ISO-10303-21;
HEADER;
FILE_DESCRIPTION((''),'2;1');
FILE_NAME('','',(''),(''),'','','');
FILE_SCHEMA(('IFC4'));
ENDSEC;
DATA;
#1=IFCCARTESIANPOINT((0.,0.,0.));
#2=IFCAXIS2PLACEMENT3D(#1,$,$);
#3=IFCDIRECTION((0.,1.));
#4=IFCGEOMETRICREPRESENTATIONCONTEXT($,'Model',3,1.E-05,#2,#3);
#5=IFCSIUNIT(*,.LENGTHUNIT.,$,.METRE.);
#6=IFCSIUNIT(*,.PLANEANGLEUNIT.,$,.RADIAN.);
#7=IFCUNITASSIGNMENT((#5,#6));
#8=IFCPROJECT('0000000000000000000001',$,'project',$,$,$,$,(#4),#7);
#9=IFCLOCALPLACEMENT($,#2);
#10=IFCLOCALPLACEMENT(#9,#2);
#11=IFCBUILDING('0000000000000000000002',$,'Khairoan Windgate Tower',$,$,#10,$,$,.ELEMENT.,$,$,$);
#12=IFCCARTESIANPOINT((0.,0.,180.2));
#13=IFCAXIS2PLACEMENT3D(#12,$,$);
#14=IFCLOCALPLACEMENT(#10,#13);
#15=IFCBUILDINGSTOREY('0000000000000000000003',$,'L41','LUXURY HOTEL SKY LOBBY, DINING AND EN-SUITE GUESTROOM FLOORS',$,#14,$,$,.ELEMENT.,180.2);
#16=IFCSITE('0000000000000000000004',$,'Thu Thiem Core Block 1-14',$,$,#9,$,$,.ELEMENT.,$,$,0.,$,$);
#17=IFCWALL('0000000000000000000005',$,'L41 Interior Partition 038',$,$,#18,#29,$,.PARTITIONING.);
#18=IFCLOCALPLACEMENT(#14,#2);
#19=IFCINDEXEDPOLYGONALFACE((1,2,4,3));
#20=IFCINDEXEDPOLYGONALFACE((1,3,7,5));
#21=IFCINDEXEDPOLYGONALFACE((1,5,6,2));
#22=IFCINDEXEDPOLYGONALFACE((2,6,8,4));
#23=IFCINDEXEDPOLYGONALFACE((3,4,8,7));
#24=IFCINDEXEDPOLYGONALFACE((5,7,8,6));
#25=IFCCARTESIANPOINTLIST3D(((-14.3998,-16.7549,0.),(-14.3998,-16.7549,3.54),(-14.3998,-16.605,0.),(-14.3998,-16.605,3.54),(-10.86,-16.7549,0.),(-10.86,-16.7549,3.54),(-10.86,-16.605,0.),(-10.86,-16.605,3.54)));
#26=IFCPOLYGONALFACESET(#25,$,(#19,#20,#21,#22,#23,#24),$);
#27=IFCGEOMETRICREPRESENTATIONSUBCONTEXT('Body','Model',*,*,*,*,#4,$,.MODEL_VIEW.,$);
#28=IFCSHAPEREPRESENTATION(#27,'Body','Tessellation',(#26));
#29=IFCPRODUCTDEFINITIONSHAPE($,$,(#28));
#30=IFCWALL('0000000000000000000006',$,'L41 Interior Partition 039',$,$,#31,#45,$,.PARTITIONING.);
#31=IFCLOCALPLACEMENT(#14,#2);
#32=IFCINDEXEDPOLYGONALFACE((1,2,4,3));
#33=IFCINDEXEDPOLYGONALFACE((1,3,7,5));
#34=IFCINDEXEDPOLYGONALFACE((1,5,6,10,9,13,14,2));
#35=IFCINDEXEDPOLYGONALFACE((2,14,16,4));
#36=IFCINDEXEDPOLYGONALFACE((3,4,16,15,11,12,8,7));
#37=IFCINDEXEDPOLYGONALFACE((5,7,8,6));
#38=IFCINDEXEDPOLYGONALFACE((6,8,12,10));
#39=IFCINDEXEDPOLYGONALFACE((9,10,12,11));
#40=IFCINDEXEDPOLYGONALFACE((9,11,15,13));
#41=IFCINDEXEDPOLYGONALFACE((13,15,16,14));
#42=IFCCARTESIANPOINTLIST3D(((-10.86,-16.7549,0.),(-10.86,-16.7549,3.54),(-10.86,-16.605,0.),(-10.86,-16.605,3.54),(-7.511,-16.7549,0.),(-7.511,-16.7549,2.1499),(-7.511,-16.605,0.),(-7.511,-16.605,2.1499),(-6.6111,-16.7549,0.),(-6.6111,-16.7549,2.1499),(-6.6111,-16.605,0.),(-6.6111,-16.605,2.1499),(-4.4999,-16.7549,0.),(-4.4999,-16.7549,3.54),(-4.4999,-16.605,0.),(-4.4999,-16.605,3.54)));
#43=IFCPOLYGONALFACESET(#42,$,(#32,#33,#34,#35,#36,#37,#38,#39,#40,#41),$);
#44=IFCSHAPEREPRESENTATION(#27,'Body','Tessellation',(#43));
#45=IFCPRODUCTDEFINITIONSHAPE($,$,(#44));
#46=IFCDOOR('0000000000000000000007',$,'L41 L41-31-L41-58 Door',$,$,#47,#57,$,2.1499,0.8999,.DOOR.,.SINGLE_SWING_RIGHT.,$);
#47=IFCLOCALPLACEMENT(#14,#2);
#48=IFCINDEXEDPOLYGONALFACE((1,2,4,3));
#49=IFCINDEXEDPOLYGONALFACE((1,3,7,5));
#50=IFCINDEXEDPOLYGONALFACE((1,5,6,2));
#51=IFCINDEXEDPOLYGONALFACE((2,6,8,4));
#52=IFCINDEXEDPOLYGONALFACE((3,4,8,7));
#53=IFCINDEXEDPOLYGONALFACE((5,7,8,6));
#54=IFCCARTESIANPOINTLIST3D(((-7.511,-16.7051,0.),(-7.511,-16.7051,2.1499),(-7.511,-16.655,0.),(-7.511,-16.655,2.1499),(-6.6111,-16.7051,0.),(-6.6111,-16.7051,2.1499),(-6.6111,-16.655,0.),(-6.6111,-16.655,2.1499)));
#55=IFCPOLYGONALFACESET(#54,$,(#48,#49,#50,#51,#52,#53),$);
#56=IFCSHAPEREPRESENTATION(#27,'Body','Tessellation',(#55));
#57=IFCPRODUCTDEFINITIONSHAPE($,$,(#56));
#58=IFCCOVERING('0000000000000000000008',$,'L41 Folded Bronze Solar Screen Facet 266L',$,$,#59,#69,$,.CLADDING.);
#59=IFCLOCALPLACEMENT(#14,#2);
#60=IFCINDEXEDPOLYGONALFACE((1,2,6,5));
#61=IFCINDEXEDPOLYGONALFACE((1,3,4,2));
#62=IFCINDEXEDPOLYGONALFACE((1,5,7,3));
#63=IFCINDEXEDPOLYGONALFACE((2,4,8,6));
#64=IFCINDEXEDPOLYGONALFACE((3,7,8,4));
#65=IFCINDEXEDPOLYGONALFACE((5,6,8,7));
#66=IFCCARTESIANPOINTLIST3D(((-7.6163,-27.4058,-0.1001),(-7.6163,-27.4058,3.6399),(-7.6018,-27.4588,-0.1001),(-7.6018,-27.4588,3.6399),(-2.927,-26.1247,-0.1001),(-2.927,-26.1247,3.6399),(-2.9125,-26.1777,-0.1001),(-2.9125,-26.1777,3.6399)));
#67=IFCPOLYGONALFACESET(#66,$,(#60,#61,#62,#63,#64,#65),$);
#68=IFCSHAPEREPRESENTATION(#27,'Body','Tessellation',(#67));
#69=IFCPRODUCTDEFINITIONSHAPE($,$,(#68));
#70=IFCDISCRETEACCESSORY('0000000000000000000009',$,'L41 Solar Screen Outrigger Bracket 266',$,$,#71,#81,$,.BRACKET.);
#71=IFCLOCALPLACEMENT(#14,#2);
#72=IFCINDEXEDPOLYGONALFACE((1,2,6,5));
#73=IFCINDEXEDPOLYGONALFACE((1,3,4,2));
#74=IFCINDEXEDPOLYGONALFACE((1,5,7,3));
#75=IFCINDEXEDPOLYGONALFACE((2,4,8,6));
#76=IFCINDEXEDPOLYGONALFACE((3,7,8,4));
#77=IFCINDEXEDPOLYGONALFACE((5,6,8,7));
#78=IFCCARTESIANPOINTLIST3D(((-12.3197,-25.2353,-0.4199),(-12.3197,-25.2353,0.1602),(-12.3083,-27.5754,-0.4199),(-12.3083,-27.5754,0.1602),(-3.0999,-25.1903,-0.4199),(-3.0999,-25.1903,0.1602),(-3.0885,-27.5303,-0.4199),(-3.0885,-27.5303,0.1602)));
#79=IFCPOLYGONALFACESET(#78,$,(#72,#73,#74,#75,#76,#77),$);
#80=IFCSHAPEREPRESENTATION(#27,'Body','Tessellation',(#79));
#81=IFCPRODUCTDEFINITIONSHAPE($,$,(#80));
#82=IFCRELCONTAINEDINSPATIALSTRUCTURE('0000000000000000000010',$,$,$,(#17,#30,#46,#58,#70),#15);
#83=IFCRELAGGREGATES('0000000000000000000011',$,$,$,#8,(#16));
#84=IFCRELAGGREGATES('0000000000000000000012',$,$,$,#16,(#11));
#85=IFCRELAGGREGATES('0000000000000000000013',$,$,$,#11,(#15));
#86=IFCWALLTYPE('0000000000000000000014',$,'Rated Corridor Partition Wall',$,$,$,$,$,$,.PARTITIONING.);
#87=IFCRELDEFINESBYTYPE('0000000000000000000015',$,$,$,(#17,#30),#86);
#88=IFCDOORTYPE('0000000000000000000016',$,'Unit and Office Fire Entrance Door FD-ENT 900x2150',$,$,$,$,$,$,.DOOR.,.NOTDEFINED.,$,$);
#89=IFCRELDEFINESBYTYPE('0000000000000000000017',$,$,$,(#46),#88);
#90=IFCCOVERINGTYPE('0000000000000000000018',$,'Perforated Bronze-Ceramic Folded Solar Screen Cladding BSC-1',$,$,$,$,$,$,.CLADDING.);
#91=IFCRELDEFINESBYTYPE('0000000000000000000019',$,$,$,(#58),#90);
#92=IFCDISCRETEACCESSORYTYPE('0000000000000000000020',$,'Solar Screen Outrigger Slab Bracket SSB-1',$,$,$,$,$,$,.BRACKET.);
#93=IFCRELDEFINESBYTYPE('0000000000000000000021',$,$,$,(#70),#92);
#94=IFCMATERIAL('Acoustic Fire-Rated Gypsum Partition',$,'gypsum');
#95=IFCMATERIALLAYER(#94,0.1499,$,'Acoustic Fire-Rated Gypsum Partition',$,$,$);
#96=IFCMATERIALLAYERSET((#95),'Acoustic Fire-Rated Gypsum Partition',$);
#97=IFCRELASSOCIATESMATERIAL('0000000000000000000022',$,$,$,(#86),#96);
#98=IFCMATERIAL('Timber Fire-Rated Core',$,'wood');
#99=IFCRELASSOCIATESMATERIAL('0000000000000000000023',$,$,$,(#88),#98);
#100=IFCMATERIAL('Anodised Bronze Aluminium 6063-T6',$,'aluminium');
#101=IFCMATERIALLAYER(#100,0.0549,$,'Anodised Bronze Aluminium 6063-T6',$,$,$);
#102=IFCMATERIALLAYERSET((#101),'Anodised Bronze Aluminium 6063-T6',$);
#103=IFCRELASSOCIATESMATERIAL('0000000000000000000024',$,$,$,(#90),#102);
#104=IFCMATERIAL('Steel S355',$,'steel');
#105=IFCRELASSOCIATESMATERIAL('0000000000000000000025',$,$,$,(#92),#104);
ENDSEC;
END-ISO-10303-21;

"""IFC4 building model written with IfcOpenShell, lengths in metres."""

from ifc_helpers import new_model, si_unit, direction, frame, frame_2d, origin, origin_2d, place, context, subcontext, project, spatial, rectangle, extrude, material, layer, layer_set, type_object, element, fill, save


model = new_model("IFC4")

# Units and contexts
model_context = context("Model", 3, precision=1e-05, world=origin(), true_north=direction((0.0, 1.0)))
body_context = subcontext(model_context, "Body", "Model", "MODEL_VIEW")
ifc_project = project(units=[si_unit("LENGTHUNIT", "METRE"), si_unit("PLANEANGLEUNIT", "RADIAN")], contexts=[model_context])

# Site, building, storey
site_placement = place(None, origin())
site = spatial("IfcSite", under=ifc_project, at=site_placement, Name="Thu Thiem Core Block 1-14", CompositionType="ELEMENT", RefElevation=0.0)
building_placement = place(site_placement, origin())
building = spatial("IfcBuilding", under=site, at=building_placement, Name="Khairoan Windgate Tower", CompositionType="ELEMENT")
storey_placement = place(building_placement, frame((0.0, 0.0, 180.2)))
storey = spatial("IfcBuildingStorey", under=building, at=storey_placement, Name="L41", Description="LUXURY HOTEL SKY LOBBY, DINING AND EN-SUITE GUESTROOM FLOORS", CompositionType="ELEMENT", Elevation=180.2)

# Shared definitions
ifc_material_1 = material(Name="Acoustic Fire-Rated Gypsum Partition", Category="gypsum")
ifc_layer_1 = layer(ifc_material_1, 0.1499, Name="Acoustic Fire-Rated Gypsum Partition")
ifc_layer_set_1 = layer_set([ifc_layer_1], Name="Acoustic Fire-Rated Gypsum Partition")
wall_type_1 = type_object("IfcWallType", Name="Rated Corridor Partition Wall", PredefinedType="PARTITIONING", material=ifc_layer_set_1)
ifc_material_2 = material(Name="Timber Fire-Rated Core", Category="wood")
door_type_1 = type_object("IfcDoorType", Name="Unit and Office Fire Entrance Door FD-ENT 900x2150", OperationType="NOTDEFINED", PredefinedType="DOOR", material=ifc_material_2)

# Wall
wall_1_placement = place(storey_placement, frame((-14.3999, -16.6799, 0.0), z_axis=(0.0, 0.0, 1.0), x_axis=(1.0, 0.0, 0.0)))
element("IfcWall", 1, at=wall_1_placement, inside=storey, type_object=wall_type_1, Name="L41 Interior Partition 038", PredefinedType="PARTITIONING", context=body_context, shape_type="SweptSolid", body=[
    extrude(rectangle(XDim=3.5398, YDim=0.1499, at=frame_2d((1.77, 0.0))), origin(), (0.0, 0.0, 1.0), 3.54),
])

# Wall, opening, door
wall_2_placement = place(storey_placement, frame((-10.8601, -16.6799, 0.0), z_axis=(0.0, 0.0, 1.0), x_axis=(1.0, 0.0, 0.0)))
wall_2 = element("IfcWall", 2, at=wall_2_placement, inside=storey, type_object=wall_type_1, Name="L41 Interior Partition 039", PredefinedType="PARTITIONING", context=body_context, shape_type="SweptSolid", body=[
    extrude(rectangle(XDim=6.3601, YDim=0.1499, at=frame_2d((3.1802, 0.0))), origin(), (0.0, 0.0, 1.0), 3.54),
])
opening_1_placement = place(wall_2_placement, frame((3.3491, 0.0, 0.0)))
opening_1 = element("IfcOpeningElement", 3, at=opening_1_placement, cuts=wall_2, PredefinedType="OPENING", context=body_context, shape_type="SweptSolid", body=[
    extrude(rectangle(XDim=0.8999, YDim=2.1499, at=frame_2d((0.45, 1.075))), frame((0.0, 0.085, 0.0), z_axis=(0.0, -1.0, 0.0), x_axis=(1.0, 0.0, 0.0)), (0.0, 0.0, 1.0), 0.1699),
])
door_1_placement = place(opening_1_placement, origin())
door_1 = element("IfcDoor", 4, at=door_1_placement, inside=storey, type_object=door_type_1, Name="L41 L41-31-L41-58 Door", OperationType="SINGLE_SWING_RIGHT", OverallHeight=2.1499, OverallWidth=0.8999, PredefinedType="DOOR", context=body_context, shape_type="SweptSolid", body=[
    extrude(rectangle(XDim=0.8999, YDim=2.1499, at=frame_2d((0.45, 1.075))), frame((0.0, 0.0249, 0.0), z_axis=(0.0, -1.0, 0.0), x_axis=(1.0, 0.0, 0.0)), (0.0, 0.0, 1.0), 0.05),
])
fill(opening_1, door_1)

# Covering
ifc_material_3 = material(Name="Anodised Bronze Aluminium 6063-T6", Category="aluminium")
ifc_layer_2 = layer(ifc_material_3, 0.0549, Name="Anodised Bronze Aluminium 6063-T6")
ifc_layer_set_2 = layer_set([ifc_layer_2], Name="Anodised Bronze Aluminium 6063-T6")
covering_type = type_object("IfcCoveringType", Name="Perforated Bronze-Ceramic Folded Solar Screen Cladding BSC-1", PredefinedType="CLADDING", material=ifc_layer_set_2)
covering_placement = place(storey_placement, frame((-5.2644, -26.7917, -0.1001), z_axis=(0.0, 0.0, 1.0), x_axis=(-0.964649, -0.263536, 0.0)))
element("IfcCovering", 5, at=covering_placement, inside=storey, type_object=covering_type, Name="L41 Folded Bronze Solar Screen Facet 266L", PredefinedType="CLADDING", context=body_context, shape_type="SweptSolid", body=[
    extrude(rectangle(XDim=4.8611, YDim=0.0549, at=origin_2d()), origin(), (0.0, 0.0, 1.0), 3.74),
])

# Discrete accessory
ifc_material_4 = material(Name="Steel S355", Category="steel")
discrete_accessory_type = type_object("IfcDiscreteAccessoryType", Name="Solar Screen Outrigger Slab Bracket SSB-1", PredefinedType="BRACKET", material=ifc_material_4)
discrete_accessory_placement = place(storey_placement, frame((-7.7041, -26.3828, -0.4199), z_axis=(0.0, 0.0, 1.0), x_axis=(-0.999988, -0.004887, 0.0)))
element("IfcDiscreteAccessory", 6, at=discrete_accessory_placement, inside=storey, type_object=discrete_accessory_type, Name="L41 Solar Screen Outrigger Bracket 266", PredefinedType="BRACKET", context=body_context, shape_type="SweptSolid", body=[
    extrude(rectangle(XDim=9.22, YDim=2.3401, at=origin_2d()), origin(), (0.0, 0.0, 1.0), 0.5801),
])

save(model, "model.ifc")
